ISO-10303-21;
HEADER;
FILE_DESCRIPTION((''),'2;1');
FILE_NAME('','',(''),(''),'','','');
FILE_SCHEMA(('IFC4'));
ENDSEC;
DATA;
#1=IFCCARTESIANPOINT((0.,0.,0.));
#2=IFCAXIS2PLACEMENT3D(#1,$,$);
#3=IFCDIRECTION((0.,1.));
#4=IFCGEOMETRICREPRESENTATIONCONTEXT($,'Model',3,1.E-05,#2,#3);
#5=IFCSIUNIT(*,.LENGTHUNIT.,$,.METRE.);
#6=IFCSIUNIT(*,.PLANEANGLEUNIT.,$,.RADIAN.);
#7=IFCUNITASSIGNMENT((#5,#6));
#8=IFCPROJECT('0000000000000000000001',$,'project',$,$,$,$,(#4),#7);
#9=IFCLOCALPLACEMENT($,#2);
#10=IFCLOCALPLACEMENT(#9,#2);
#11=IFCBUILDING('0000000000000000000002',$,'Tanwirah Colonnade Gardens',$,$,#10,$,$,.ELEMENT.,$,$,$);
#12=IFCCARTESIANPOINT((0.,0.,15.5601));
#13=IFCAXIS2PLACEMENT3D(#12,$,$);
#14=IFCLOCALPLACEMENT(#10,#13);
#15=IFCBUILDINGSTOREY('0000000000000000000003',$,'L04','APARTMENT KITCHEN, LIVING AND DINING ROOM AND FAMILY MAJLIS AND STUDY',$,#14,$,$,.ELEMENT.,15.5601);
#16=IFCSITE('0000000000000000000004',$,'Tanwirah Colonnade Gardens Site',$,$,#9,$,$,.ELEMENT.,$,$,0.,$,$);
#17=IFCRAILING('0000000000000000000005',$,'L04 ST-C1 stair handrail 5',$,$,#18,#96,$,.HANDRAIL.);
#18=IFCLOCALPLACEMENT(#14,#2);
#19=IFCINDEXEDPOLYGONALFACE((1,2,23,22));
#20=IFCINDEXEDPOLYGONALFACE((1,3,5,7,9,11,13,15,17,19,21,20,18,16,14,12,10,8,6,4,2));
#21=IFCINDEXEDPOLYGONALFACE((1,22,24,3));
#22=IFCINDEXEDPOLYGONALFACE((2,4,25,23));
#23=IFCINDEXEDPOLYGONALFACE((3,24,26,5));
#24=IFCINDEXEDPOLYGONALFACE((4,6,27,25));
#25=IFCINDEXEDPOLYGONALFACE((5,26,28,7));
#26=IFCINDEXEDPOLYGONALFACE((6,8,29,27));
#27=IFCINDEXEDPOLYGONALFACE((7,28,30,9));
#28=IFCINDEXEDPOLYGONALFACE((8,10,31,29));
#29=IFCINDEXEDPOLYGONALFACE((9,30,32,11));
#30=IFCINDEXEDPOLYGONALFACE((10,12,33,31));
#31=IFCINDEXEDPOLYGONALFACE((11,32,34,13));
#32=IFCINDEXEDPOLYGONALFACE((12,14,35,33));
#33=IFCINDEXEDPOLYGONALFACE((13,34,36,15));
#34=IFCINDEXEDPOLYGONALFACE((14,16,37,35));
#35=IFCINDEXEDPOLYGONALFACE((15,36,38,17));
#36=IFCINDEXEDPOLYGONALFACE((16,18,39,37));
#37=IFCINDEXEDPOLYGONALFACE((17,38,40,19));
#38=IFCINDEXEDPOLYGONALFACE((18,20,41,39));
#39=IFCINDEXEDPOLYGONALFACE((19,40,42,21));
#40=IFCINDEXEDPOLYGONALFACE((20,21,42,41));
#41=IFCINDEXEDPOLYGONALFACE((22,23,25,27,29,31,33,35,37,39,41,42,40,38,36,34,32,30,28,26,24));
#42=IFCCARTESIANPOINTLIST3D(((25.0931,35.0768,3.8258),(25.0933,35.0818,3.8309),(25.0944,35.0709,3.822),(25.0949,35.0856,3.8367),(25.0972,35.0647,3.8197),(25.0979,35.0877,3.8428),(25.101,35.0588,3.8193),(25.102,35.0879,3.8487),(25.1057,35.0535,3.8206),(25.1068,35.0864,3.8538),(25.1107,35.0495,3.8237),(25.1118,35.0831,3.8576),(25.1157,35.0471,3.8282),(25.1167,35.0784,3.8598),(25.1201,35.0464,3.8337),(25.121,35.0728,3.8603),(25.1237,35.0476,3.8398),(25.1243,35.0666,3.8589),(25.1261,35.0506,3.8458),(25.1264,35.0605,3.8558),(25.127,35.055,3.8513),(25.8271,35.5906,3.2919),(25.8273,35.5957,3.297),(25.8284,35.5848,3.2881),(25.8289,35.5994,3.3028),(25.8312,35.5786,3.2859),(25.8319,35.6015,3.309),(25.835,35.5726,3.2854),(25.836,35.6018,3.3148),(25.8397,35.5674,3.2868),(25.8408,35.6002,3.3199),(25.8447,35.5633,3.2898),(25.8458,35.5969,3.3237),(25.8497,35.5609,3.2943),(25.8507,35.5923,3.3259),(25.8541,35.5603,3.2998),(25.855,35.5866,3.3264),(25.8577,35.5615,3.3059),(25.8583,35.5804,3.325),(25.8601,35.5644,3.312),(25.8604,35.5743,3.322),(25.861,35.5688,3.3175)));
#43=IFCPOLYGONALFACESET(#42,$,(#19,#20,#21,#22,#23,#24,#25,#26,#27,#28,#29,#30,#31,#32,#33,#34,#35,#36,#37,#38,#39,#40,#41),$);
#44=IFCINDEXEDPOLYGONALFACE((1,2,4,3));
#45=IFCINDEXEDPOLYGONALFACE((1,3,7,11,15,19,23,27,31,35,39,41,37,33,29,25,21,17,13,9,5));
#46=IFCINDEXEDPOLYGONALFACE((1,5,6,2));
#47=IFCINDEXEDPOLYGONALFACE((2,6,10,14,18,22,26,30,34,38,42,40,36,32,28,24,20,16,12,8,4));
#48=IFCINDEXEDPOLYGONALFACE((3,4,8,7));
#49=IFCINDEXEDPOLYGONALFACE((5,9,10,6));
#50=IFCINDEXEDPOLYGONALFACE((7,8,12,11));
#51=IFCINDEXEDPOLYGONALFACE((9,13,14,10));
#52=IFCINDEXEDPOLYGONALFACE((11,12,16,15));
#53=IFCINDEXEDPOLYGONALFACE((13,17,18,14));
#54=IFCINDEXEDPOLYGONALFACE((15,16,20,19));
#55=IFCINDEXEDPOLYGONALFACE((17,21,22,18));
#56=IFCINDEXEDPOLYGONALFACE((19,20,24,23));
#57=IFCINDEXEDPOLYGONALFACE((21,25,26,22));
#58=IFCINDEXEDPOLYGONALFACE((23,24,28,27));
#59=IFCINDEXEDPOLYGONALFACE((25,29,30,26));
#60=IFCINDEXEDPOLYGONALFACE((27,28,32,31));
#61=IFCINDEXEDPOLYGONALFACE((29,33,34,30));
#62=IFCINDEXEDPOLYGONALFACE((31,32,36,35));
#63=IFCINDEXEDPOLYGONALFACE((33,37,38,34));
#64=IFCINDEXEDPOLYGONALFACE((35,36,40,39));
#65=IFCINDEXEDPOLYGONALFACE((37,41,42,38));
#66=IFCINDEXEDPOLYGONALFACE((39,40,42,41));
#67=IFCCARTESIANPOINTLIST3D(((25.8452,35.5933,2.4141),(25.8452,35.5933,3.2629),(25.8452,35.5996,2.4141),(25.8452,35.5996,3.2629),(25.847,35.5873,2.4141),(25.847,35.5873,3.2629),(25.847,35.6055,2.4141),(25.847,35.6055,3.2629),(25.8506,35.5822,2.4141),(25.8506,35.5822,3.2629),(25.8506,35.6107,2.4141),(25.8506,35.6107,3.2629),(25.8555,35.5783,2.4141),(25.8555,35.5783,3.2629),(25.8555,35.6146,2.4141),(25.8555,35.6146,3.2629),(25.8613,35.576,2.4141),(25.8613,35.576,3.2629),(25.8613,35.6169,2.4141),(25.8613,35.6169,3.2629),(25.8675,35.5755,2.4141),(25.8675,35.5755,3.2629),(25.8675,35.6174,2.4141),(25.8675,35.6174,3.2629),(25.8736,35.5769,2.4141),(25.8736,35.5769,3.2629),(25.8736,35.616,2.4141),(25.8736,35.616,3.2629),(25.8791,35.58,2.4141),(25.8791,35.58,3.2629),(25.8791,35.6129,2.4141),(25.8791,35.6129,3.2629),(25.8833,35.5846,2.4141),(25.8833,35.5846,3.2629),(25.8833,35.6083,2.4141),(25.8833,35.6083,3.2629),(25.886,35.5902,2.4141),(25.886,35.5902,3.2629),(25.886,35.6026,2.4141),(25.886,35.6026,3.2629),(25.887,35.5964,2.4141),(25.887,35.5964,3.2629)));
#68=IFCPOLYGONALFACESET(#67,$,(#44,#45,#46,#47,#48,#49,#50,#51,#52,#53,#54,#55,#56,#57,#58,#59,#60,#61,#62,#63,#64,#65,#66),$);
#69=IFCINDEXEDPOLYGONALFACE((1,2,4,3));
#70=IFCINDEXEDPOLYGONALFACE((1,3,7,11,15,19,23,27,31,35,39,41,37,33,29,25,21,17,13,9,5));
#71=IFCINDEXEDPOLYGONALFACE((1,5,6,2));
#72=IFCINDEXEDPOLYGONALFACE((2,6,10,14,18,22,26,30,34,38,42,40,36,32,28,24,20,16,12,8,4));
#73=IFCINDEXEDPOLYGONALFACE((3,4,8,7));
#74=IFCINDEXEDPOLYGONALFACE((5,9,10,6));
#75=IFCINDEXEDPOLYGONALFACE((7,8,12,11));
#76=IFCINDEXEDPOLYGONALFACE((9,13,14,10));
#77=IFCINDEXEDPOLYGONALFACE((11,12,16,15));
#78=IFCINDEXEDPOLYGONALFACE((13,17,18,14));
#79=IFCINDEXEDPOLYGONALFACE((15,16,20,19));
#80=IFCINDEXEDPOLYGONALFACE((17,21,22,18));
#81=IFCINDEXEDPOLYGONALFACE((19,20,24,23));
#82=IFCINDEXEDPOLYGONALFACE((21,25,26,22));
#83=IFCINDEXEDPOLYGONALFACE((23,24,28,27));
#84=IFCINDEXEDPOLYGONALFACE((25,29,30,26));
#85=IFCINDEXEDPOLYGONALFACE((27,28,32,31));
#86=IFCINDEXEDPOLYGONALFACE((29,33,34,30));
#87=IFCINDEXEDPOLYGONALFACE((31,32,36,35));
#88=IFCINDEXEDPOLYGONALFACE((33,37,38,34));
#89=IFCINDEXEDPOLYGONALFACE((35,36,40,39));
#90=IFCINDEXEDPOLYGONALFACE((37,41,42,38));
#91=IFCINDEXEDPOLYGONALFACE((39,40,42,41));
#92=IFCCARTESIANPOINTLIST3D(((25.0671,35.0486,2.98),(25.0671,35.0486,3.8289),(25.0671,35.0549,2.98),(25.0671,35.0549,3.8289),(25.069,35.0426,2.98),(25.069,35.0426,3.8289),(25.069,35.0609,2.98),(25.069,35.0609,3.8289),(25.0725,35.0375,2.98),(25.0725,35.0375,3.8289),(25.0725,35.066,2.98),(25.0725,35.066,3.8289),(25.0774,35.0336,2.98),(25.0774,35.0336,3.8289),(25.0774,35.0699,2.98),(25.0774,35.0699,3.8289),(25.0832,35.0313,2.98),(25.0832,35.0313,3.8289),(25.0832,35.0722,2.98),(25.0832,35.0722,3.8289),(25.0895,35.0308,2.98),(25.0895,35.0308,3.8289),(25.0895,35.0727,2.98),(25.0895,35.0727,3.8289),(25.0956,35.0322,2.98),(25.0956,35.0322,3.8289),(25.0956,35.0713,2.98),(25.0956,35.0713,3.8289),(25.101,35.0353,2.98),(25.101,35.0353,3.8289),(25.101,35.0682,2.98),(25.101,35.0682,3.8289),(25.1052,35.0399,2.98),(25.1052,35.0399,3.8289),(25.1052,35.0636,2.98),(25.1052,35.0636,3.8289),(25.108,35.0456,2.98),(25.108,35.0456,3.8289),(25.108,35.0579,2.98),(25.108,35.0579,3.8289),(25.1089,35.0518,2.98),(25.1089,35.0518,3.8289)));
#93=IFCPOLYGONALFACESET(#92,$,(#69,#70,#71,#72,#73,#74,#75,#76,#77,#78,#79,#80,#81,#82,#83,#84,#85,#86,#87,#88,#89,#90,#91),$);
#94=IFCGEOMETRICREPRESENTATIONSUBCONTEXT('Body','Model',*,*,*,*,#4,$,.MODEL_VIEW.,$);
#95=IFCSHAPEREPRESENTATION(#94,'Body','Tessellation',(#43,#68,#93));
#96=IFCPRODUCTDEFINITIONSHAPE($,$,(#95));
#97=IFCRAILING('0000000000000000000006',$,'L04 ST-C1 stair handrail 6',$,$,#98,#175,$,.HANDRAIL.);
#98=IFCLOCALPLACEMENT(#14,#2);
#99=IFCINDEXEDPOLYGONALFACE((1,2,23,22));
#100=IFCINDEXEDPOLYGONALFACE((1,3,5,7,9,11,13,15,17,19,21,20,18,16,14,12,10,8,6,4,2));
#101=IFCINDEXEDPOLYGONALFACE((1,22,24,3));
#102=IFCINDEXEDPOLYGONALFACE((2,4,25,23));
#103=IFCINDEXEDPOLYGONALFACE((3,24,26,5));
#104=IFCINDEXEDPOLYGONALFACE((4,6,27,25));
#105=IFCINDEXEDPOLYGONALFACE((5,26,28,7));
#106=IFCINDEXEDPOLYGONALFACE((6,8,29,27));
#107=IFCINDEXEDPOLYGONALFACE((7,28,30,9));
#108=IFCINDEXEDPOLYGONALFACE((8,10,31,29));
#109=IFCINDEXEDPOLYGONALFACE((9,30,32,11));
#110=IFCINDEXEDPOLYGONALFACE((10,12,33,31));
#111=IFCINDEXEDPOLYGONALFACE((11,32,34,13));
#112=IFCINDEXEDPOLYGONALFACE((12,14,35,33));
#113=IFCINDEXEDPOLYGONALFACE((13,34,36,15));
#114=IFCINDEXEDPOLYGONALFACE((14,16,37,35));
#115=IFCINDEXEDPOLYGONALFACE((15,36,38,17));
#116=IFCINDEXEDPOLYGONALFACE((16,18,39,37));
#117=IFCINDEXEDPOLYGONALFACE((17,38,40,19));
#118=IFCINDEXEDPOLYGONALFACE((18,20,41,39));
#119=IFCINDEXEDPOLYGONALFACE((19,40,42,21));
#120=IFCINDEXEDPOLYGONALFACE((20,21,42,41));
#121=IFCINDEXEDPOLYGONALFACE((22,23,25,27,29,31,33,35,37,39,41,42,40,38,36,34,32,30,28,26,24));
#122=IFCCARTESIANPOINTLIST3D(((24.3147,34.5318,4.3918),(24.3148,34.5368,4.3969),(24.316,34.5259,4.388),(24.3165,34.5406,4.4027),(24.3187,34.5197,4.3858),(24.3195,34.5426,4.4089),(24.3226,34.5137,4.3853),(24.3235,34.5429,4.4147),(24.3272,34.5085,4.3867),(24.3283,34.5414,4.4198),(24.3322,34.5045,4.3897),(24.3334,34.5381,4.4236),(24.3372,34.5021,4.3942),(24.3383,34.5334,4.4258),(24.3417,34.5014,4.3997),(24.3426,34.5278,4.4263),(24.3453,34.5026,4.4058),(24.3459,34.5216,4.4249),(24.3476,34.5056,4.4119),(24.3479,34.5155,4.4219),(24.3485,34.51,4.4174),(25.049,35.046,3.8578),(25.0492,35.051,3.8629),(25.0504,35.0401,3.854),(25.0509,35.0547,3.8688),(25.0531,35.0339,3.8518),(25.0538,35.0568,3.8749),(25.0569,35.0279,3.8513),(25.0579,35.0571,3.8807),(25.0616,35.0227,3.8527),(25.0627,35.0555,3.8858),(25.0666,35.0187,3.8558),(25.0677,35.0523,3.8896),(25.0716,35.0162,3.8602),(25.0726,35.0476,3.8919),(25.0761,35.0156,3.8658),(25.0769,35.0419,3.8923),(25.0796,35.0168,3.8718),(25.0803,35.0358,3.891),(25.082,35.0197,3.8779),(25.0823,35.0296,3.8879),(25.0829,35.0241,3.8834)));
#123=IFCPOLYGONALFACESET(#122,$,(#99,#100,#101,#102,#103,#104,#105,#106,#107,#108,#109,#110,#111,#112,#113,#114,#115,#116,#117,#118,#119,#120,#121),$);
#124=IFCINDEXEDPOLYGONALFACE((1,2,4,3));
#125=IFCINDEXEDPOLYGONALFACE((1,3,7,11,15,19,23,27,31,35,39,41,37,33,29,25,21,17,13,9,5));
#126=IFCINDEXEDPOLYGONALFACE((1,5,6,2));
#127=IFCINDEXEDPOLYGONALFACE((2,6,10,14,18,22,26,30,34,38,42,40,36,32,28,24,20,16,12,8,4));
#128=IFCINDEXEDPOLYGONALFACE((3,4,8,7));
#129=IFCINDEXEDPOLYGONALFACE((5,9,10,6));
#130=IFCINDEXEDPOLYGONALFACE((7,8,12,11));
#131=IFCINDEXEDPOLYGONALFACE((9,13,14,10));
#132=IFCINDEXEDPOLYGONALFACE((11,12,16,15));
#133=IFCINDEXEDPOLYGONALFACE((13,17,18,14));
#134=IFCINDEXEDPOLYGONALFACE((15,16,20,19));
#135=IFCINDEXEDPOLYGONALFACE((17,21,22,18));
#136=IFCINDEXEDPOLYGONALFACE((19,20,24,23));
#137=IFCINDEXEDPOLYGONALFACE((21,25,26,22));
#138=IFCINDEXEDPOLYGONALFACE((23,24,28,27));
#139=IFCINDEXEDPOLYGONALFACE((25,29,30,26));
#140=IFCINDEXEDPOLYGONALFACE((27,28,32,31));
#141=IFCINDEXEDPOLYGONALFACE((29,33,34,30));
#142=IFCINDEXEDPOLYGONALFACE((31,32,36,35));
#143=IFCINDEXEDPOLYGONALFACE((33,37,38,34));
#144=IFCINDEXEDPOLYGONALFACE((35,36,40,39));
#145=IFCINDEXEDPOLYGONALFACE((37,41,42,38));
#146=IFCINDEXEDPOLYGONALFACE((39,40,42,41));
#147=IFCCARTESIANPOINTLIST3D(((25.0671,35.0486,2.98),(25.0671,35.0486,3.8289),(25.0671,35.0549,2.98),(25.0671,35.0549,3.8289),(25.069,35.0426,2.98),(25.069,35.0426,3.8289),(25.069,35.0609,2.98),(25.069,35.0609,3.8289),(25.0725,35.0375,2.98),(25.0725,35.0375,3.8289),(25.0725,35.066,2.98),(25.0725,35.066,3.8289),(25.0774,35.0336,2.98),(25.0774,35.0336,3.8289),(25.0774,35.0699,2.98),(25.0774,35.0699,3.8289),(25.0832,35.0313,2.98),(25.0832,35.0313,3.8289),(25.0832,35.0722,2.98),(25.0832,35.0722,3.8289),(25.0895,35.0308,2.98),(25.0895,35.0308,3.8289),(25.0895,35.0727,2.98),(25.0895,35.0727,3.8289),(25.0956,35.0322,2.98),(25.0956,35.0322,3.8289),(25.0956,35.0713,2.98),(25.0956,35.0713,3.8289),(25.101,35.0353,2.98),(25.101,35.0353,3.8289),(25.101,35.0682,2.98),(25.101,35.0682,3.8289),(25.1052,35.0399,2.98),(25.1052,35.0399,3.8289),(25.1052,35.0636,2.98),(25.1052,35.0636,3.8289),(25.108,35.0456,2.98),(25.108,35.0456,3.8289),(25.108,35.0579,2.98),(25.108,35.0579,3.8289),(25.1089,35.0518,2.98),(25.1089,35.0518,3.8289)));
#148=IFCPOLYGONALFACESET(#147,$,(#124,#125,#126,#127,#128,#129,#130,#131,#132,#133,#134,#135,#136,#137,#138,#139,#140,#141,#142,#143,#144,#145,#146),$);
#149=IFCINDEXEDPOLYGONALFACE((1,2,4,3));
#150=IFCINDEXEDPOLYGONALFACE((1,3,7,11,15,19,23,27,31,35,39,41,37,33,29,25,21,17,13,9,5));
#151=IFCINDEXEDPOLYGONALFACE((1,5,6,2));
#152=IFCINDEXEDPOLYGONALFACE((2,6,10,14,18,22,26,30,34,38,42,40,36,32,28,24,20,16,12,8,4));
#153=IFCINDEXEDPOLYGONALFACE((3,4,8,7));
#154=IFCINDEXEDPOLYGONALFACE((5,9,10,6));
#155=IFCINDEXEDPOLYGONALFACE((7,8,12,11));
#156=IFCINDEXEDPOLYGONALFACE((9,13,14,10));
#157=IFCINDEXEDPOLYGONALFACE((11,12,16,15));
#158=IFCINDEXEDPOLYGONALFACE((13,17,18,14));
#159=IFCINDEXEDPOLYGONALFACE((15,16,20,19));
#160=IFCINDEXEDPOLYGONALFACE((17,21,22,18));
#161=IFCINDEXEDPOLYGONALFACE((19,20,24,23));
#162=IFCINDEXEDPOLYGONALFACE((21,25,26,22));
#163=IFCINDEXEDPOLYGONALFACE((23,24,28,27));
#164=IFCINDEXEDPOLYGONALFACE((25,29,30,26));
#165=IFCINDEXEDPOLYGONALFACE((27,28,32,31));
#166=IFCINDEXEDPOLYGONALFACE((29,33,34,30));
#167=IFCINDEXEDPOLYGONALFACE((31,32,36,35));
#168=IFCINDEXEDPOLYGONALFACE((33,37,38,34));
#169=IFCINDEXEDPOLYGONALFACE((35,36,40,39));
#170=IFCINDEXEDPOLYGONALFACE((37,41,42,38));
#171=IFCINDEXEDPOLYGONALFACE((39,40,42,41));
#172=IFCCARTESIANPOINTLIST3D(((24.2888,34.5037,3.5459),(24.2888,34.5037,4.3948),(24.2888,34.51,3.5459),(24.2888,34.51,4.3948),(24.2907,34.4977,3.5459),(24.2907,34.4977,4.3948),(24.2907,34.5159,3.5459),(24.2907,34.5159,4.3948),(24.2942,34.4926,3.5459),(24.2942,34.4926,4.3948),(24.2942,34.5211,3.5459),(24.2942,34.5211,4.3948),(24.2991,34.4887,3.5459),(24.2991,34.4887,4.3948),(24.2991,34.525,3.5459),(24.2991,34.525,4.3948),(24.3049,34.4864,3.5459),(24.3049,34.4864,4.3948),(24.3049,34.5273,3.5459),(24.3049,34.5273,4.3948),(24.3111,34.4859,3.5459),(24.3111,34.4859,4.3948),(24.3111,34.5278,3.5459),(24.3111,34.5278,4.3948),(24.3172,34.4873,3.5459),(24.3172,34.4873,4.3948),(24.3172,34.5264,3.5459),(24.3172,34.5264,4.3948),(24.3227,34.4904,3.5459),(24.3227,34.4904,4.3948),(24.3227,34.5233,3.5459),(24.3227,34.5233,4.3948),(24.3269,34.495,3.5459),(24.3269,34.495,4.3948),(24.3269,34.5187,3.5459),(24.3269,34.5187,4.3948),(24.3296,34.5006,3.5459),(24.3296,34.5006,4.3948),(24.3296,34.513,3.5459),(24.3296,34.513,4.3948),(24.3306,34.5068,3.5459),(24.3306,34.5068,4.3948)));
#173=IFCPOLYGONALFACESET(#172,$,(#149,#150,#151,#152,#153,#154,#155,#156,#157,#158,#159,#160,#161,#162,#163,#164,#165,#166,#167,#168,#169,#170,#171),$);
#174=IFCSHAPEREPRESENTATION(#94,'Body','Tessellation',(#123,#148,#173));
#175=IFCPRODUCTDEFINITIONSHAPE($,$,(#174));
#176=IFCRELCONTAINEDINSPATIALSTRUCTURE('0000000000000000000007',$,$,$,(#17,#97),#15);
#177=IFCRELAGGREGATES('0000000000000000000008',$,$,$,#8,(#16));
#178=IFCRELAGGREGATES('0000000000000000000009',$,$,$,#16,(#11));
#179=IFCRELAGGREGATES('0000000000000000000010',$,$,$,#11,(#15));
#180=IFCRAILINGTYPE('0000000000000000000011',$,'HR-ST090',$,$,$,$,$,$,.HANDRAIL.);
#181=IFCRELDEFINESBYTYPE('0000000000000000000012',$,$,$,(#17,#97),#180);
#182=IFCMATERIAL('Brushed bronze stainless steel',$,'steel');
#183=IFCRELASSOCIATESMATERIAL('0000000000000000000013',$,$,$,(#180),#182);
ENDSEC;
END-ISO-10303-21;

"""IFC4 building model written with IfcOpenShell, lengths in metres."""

from ifc_helpers import new_model, si_unit, direction, frame, origin, origin_2d, place, context, subcontext, project, spatial, circle, extrude, material, type_object, element, save


model = new_model("IFC4")

# Units and contexts
model_context = context("Model", 3, precision=1e-05, world=origin(), true_north=direction((0.0, 1.0)))
body_context = subcontext(model_context, "Body", "Model", "MODEL_VIEW")
ifc_project = project(units=[si_unit("LENGTHUNIT", "METRE"), si_unit("PLANEANGLEUNIT", "RADIAN")], contexts=[model_context])

# Site, building, storey
site_placement = place(None, origin())
site = spatial("IfcSite", under=ifc_project, at=site_placement, Name="Tanwirah Colonnade Gardens Site", CompositionType="ELEMENT", RefElevation=0.0)
building_placement = place(site_placement, origin())
building = spatial("IfcBuilding", under=site, at=building_placement, Name="Tanwirah Colonnade Gardens", CompositionType="ELEMENT")
storey_placement = place(building_placement, frame((0.0, 0.0, 15.5601)))
storey = spatial("IfcBuildingStorey", under=building, at=storey_placement, Name="L04", Description="APARTMENT KITCHEN, LIVING AND DINING ROOM AND FAMILY MAJLIS AND STUDY", CompositionType="ELEMENT", Elevation=15.5601)

# Railings
ifc_material_1 = material(Name="Brushed bronze stainless steel", Category="steel")
railing_type_1 = type_object("IfcRailingType", Name="HR-ST090", PredefinedType="HANDRAIL", material=ifc_material_1)
railing_1_placement = place(storey_placement, frame((25.866, 35.5964, 2.4141)))
element("IfcRailing", 1, at=railing_1_placement, inside=storey, type_object=railing_type_1, Name="L04 ST-C1 stair handrail 5", PredefinedType="HANDRAIL", context=body_context, shape_type="SweptSolid", body=[
    extrude(circle(Radius=0.0239, at=origin_2d()), frame((-0.022, -0.0154, 0.8918), z_axis=(-0.703763, -0.492656, 0.511868), x_axis=(0.57348, -0.81922, 0.0)), (0.0, 0.0, 1.0), 1.043),
    extrude(circle(Radius=0.021, at=origin_2d()), origin(), (0.0, 0.0, 1.0), 0.8489),
    extrude(circle(Radius=0.021, at=origin_2d()), frame((-0.7781, -0.5447, 0.5659)), (0.0, 0.0, 1.0), 0.8489),
])
railing_2_placement = place(storey_placement, frame((25.0879, 35.0518, 2.98)))
element("IfcRailing", 2, at=railing_2_placement, inside=storey, type_object=railing_type_1, Name="L04 ST-C1 stair handrail 6", PredefinedType="HANDRAIL", context=body_context, shape_type="SweptSolid", body=[
    extrude(circle(Radius=0.0239, at=origin_2d()), frame((-0.022, -0.0154, 0.8918), z_axis=(-0.703797, -0.492747, 0.511732), x_axis=(0.573531, -0.819184, 0.0)), (0.0, 0.0, 1.0), 1.0435),
    extrude(circle(Radius=0.021, at=origin_2d()), origin(), (0.0, 0.0, 1.0), 0.8489),
    extrude(circle(Radius=0.021, at=origin_2d()), frame((-0.7783, -0.5449, 0.5659)), (0.0, 0.0, 1.0), 0.8489),
])

save(model, "model.ifc")
